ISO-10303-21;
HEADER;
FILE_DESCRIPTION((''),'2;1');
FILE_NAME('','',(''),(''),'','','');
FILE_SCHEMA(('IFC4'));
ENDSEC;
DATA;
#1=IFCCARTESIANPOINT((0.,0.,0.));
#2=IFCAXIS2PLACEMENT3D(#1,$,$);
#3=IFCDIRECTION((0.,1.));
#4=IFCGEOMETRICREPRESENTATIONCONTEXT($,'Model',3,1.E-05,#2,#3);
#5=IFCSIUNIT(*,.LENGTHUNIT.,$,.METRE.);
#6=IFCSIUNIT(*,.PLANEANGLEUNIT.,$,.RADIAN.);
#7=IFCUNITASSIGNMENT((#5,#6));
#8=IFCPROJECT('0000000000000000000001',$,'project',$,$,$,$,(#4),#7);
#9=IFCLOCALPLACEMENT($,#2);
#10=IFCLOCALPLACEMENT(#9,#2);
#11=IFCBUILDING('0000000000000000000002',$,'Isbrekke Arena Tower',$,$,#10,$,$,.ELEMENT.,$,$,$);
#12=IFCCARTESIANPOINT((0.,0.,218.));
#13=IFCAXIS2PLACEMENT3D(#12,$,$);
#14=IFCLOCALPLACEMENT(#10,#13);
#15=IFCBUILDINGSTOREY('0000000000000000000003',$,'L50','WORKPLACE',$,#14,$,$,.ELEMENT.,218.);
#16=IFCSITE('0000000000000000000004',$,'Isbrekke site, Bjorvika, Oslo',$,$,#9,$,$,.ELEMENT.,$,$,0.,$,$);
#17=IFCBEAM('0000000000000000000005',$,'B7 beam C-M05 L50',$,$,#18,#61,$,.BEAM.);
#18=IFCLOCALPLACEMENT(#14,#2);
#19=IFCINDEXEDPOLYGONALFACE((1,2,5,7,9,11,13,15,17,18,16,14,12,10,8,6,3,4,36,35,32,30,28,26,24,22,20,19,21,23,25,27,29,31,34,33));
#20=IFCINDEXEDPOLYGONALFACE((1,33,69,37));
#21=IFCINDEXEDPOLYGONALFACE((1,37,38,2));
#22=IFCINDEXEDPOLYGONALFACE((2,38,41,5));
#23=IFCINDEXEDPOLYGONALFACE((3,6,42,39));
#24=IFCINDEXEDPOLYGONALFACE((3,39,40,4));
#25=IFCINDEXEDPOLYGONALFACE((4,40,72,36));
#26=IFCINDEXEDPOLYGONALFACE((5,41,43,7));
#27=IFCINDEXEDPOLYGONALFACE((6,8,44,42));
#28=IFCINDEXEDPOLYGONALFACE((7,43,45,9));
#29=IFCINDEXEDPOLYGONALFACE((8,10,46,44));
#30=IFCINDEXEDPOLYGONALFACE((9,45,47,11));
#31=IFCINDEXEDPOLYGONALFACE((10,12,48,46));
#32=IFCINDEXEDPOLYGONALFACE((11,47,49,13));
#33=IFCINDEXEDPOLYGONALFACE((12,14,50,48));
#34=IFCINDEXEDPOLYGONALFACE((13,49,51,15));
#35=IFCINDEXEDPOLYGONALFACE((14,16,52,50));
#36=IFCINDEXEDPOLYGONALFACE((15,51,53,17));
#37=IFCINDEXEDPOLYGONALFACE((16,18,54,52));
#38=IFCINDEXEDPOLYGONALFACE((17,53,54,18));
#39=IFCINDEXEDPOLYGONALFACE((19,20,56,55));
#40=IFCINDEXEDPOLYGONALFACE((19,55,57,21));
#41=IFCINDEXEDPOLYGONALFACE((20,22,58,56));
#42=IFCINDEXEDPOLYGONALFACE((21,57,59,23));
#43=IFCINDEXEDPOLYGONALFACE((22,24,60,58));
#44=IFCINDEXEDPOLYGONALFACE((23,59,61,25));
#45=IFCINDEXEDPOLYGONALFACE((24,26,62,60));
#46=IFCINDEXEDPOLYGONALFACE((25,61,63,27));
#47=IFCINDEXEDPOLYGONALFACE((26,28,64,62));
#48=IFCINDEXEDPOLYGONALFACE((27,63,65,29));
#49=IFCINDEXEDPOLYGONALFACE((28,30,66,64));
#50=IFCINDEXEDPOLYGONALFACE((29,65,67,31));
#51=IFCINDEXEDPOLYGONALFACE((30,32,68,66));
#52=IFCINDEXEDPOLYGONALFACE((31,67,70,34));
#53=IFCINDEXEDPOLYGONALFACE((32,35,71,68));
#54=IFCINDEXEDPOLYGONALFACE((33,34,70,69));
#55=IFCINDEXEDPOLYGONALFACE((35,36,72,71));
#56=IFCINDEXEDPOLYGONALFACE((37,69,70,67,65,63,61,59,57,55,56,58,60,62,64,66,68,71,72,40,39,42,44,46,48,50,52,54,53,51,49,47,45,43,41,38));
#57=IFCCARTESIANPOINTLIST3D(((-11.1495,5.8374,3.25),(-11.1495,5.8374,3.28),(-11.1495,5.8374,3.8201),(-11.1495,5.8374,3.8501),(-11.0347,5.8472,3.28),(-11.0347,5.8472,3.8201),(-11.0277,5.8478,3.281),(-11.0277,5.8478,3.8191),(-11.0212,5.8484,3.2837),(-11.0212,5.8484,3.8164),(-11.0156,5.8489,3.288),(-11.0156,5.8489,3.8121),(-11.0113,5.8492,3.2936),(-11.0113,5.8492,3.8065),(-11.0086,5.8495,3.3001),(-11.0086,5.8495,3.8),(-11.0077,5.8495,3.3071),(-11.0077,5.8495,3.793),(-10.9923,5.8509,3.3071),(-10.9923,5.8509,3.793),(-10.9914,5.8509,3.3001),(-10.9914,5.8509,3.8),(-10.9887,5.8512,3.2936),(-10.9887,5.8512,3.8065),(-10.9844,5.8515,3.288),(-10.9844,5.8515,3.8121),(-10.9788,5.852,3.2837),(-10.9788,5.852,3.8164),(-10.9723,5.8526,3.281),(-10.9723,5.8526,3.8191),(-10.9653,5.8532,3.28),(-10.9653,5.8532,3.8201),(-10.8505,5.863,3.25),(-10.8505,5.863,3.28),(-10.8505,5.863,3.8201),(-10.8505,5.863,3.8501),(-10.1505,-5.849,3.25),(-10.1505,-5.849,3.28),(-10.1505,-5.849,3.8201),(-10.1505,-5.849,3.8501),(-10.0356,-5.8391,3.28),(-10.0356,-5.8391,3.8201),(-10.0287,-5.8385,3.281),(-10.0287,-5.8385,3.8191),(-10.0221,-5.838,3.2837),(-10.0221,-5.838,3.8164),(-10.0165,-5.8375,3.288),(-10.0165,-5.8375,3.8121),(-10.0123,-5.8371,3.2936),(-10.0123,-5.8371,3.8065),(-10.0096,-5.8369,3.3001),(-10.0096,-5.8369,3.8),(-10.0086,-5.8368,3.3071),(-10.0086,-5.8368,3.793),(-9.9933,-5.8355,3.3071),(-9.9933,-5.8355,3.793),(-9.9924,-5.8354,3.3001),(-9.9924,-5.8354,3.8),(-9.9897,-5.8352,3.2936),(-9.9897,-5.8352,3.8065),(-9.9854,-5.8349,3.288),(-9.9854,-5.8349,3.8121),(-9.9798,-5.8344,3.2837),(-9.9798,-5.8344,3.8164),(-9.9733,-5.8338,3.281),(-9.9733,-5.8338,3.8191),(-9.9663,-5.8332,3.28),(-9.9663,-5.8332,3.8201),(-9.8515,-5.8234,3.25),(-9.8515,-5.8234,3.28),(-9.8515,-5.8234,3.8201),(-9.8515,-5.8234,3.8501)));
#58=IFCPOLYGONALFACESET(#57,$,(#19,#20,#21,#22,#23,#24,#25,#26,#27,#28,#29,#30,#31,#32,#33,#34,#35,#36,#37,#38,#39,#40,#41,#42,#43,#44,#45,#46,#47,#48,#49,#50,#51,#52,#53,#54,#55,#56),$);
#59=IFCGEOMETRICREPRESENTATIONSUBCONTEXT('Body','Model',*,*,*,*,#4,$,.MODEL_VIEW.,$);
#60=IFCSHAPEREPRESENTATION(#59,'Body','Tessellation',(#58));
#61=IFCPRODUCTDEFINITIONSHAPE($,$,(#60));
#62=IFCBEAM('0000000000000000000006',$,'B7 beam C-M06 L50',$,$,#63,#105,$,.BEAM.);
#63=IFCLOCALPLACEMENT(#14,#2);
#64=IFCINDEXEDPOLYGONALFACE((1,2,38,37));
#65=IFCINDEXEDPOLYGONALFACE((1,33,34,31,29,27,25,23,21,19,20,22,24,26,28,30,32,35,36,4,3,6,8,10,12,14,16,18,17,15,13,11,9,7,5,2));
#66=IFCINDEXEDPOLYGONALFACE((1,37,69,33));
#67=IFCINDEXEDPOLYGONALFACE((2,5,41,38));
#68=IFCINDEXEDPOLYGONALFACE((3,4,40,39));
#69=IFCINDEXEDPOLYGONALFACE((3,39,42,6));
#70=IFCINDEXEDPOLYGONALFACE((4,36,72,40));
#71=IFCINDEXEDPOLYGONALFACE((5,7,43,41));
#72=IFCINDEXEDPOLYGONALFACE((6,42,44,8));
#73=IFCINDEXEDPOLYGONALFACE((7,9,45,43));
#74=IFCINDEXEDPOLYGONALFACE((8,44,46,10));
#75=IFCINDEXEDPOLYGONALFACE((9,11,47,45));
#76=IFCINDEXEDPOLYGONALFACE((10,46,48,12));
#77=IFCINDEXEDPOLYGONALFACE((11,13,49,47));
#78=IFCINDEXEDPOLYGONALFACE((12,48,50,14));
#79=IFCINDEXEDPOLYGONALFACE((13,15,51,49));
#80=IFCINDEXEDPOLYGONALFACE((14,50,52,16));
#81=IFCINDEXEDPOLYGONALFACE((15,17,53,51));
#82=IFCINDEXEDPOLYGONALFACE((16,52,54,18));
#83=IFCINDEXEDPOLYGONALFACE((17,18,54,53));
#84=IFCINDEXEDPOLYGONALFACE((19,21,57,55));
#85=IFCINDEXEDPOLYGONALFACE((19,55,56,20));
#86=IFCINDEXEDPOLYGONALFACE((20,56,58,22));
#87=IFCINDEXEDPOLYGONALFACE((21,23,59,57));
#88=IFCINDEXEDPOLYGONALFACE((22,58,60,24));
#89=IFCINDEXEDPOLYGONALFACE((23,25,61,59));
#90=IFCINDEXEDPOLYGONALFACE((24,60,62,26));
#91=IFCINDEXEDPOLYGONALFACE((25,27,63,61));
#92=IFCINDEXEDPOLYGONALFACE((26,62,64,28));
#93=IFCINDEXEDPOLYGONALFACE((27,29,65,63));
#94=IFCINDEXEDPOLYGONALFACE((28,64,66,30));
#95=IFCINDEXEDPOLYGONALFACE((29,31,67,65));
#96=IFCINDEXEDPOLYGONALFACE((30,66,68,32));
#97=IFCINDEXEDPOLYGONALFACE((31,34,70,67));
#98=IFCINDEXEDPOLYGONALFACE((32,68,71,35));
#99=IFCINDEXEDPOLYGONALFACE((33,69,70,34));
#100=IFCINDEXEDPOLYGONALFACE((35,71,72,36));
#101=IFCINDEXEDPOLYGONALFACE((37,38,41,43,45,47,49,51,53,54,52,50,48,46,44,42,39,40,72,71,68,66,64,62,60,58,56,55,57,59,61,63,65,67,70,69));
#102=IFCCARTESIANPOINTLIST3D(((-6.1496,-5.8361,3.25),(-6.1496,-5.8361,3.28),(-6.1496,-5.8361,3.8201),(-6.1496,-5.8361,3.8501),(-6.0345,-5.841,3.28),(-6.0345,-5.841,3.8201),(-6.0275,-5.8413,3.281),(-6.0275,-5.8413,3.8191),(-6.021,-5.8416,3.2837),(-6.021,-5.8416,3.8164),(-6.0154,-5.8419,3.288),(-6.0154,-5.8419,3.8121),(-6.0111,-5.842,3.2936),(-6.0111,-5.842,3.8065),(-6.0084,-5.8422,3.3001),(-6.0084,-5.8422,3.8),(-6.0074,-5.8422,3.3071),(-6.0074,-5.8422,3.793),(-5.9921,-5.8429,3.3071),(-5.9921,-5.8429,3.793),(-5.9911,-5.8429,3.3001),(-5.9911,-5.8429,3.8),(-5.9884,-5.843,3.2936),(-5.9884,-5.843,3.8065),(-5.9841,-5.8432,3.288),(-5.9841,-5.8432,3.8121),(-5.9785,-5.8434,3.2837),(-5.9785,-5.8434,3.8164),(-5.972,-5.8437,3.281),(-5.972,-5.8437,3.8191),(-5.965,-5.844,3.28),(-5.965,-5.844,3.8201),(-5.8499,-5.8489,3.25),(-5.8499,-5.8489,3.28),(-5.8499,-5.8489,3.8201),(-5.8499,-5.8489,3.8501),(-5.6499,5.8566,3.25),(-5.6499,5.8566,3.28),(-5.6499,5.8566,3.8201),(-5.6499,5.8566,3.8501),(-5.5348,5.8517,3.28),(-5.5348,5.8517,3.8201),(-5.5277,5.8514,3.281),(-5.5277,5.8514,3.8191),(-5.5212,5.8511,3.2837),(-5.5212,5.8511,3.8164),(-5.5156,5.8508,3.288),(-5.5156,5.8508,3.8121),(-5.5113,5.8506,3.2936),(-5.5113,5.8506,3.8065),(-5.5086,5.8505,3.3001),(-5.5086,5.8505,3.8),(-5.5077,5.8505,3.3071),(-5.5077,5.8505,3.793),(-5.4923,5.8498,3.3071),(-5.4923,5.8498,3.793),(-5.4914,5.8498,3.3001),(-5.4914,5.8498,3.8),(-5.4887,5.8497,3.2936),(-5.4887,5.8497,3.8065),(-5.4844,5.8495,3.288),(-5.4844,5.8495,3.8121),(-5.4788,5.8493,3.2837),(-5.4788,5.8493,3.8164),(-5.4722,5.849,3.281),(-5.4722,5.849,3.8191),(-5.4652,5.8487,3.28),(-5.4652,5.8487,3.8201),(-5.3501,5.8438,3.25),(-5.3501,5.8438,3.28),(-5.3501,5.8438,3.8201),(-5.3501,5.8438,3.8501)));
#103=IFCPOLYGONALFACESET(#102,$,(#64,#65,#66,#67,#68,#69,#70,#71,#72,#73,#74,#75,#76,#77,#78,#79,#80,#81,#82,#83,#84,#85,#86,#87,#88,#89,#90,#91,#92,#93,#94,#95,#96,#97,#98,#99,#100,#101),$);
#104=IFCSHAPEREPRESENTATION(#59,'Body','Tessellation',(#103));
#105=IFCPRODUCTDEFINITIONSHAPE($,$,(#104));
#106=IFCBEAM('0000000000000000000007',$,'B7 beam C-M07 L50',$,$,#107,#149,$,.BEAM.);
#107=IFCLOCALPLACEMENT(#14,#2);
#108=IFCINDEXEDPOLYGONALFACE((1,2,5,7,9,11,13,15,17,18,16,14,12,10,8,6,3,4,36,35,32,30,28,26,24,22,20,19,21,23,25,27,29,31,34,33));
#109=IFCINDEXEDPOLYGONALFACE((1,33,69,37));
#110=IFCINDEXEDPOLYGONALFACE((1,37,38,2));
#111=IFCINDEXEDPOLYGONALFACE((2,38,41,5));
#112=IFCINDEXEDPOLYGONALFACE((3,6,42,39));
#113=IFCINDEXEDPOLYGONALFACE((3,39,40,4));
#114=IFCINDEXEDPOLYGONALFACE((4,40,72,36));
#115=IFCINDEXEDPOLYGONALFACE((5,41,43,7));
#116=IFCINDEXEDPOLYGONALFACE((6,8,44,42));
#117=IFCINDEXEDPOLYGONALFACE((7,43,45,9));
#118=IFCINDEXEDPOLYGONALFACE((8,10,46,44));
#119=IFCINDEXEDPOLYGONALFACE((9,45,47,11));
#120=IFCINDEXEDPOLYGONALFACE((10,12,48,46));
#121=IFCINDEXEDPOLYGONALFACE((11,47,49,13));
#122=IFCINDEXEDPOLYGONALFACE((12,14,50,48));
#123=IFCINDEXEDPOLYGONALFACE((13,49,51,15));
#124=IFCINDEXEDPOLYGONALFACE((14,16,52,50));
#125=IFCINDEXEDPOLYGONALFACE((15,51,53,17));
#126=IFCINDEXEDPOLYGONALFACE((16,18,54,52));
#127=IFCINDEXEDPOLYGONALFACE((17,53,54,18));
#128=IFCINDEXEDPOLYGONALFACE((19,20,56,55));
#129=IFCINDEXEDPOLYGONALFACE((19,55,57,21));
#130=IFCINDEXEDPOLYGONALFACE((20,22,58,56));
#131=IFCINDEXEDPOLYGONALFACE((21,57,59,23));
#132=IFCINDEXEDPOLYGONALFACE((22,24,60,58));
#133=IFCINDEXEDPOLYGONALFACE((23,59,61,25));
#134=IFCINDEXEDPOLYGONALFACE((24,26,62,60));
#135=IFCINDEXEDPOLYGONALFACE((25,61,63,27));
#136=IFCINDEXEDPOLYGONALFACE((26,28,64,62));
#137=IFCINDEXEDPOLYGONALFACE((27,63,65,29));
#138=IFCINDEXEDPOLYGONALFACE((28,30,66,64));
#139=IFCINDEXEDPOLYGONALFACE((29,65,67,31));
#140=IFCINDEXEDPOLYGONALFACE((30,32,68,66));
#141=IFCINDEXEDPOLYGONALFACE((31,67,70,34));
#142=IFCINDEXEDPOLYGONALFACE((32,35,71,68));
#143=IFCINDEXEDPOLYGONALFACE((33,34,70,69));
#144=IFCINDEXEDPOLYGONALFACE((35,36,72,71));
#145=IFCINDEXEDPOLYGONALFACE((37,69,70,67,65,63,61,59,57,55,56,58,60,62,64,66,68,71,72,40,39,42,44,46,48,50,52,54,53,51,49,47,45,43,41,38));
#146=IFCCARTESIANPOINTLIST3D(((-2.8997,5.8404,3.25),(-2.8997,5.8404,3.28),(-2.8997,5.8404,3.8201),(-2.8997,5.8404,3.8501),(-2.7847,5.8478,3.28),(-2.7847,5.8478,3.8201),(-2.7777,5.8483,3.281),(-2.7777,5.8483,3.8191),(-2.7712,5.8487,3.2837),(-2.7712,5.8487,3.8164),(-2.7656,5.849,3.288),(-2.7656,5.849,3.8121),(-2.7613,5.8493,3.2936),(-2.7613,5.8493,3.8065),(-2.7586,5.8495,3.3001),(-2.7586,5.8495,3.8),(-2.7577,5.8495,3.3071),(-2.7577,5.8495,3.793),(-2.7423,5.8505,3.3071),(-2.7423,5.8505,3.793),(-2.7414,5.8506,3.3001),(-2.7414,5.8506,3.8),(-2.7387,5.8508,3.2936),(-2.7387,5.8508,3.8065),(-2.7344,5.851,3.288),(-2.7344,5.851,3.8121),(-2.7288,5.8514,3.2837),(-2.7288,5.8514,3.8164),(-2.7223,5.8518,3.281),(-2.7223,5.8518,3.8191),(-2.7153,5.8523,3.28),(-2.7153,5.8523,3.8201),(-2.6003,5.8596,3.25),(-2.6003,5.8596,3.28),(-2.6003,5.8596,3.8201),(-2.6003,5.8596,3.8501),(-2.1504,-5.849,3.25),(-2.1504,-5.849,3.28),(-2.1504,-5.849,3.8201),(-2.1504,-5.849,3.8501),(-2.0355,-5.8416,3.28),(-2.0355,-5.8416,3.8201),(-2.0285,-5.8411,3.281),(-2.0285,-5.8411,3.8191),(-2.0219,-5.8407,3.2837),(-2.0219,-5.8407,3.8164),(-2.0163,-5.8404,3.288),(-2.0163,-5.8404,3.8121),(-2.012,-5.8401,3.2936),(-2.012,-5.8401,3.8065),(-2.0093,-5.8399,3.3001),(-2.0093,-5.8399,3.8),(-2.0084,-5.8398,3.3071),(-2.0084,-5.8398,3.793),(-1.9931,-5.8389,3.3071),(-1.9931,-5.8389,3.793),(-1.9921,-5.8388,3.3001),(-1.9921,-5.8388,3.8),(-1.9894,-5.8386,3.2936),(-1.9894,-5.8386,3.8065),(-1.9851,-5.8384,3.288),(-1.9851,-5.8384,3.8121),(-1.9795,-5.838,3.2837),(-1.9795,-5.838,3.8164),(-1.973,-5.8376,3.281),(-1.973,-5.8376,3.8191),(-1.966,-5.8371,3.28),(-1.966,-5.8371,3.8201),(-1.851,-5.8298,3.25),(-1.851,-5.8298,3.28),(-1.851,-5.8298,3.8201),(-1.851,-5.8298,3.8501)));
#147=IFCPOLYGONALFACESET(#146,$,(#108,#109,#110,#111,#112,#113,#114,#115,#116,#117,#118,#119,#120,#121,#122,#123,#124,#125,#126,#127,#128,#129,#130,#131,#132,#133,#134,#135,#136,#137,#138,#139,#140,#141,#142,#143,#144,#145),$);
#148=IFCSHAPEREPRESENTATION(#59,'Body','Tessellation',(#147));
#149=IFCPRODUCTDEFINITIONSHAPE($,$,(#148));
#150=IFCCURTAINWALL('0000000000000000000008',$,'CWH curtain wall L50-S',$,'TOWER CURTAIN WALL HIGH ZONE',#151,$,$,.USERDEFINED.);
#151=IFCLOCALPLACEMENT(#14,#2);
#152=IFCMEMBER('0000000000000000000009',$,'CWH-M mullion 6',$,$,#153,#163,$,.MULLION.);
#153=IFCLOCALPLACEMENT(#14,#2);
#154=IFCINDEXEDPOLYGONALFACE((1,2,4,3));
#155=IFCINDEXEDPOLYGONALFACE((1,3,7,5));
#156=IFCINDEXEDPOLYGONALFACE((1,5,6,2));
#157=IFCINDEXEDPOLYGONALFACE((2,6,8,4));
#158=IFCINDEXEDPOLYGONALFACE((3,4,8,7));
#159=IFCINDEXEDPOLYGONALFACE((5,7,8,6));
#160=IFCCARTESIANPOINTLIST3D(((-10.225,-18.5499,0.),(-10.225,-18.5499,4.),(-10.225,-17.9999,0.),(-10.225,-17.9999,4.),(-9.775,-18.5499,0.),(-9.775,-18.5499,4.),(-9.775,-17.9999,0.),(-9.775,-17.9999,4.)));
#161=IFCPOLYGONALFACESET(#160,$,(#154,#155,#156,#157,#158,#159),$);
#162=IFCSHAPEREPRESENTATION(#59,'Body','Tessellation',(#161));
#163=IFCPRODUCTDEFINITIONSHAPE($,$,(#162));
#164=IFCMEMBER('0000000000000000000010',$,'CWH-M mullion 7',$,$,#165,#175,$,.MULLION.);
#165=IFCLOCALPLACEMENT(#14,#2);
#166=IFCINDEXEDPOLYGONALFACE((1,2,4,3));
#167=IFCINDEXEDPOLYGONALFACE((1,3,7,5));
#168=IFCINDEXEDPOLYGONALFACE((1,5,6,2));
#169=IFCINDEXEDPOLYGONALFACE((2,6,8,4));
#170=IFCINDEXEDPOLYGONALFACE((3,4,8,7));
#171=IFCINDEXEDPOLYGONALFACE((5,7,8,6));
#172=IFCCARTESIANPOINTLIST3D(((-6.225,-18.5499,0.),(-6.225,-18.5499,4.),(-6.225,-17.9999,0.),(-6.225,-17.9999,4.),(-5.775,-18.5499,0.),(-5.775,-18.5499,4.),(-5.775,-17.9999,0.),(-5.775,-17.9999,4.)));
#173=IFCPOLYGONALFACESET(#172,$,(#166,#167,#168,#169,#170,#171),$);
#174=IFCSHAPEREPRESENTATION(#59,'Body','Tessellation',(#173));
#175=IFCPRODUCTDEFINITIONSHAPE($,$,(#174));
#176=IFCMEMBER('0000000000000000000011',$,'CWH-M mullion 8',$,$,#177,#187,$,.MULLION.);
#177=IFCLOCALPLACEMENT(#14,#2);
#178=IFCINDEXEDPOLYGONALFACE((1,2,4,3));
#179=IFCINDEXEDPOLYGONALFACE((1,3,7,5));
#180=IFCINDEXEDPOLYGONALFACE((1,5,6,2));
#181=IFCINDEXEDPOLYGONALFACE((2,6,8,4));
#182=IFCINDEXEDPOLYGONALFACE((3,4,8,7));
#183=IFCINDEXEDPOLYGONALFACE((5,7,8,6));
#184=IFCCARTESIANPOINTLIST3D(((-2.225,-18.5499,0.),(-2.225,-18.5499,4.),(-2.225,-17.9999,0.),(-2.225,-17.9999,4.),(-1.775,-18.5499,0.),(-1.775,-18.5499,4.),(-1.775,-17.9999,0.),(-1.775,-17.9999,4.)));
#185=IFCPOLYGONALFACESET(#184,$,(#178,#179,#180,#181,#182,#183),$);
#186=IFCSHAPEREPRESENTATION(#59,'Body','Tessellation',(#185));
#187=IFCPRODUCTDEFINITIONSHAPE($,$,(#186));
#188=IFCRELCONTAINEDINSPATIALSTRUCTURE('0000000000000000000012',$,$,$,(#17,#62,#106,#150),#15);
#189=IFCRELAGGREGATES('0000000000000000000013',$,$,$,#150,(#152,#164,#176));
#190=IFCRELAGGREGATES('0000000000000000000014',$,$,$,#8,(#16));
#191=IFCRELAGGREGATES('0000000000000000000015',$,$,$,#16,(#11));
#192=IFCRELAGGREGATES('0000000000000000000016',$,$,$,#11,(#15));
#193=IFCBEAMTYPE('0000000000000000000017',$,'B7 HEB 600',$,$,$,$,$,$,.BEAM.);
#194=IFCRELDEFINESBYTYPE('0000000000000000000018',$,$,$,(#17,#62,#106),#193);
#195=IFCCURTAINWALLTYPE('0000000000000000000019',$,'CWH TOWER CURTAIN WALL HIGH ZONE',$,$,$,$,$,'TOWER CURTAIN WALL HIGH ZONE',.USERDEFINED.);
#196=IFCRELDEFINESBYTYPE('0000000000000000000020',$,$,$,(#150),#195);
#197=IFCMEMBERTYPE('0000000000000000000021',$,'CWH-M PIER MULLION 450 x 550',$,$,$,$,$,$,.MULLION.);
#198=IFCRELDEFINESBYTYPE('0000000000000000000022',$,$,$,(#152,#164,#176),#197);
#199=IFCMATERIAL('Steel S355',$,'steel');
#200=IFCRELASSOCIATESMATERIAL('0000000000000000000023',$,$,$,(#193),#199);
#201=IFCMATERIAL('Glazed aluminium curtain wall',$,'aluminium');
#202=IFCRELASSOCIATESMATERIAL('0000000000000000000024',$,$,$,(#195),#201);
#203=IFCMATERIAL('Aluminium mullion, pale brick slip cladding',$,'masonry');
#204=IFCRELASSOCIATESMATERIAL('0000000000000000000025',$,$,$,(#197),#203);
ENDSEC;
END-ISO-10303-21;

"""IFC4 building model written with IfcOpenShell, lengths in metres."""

from ifc_helpers import new_model, si_unit, direction, frame, origin, origin_2d, place, context, subcontext, project, spatial, rectangle, i_section, extrude, material, material_profile, profile_set, type_object, element, aggregate, save


model = new_model("IFC4")

# Units and contexts
model_context = context("Model", 3, precision=1e-05, world=origin(), true_north=direction((0.0, 1.0)))
body_context = subcontext(model_context, "Body", "Model", "MODEL_VIEW")
ifc_project = project(units=[si_unit("LENGTHUNIT", "METRE"), si_unit("PLANEANGLEUNIT", "RADIAN")], contexts=[model_context])

# Site, building, storey
site_placement = place(None, origin())
site = spatial("IfcSite", under=ifc_project, at=site_placement, Name="Isbrekke site, Bjorvika, Oslo", CompositionType="ELEMENT", RefElevation=0.0)
building_placement = place(site_placement, origin())
building = spatial("IfcBuilding", under=site, at=building_placement, Name="Isbrekke Arena Tower", CompositionType="ELEMENT")
storey_placement = place(building_placement, frame((0.0, 0.0, 218.0)))
storey = spatial("IfcBuildingStorey", under=building, at=storey_placement, Name="L50", Description="WORKPLACE", CompositionType="ELEMENT", Elevation=218.0)

# Beams
ifc_material_1 = material(Name="Steel S355", Category="steel")
ifc_material_profile_1 = material_profile(ifc_material_1, i_section(OverallWidth=0.3, OverallDepth=0.6001, WebThickness=0.0154, FlangeThickness=0.03, FilletRadius=0.0271, at=origin_2d()), Name="HEB 600")
ifc_profile_set_1 = profile_set([ifc_material_profile_1], Name="Steel S355")
beam_type_1 = type_object("IfcBeamType", Name="B7 HEB 600", PredefinedType="BEAM", material=ifc_profile_set_1)
beam_1_placement = place(storey_placement, frame((-10.001, -5.8362, 3.55), z_axis=(-0.085176, 0.996366, 0.0), x_axis=(-0.996366, -0.085176, 0.0)))
element("IfcBeam", 1, at=beam_1_placement, inside=storey, type_object=beam_type_1, Name="B7 beam C-M05 L50", PredefinedType="BEAM", context=body_context, shape_type="SweptSolid", body=[
    extrude(i_section(OverallWidth=0.3, OverallDepth=0.6001, WebThickness=0.0154, FlangeThickness=0.03, FilletRadius=0.0271, at=origin_2d()), origin(), (0.0, 0.0, 1.0), 11.729),
])
beam_2_placement = place(storey_placement, frame((-5.9998, -5.8425, 3.55), z_axis=(0.042702, 0.999088, 0.0), x_axis=(-0.999088, 0.042702, 0.0)))
element("IfcBeam", 2, at=beam_2_placement, inside=storey, type_object=beam_type_1, Name="B7 beam C-M06 L50", PredefinedType="BEAM", context=body_context, shape_type="SweptSolid", body=[
    extrude(i_section(OverallWidth=0.3, OverallDepth=0.6001, WebThickness=0.0154, FlangeThickness=0.03, FilletRadius=0.0271, at=origin_2d()), origin(), (0.0, 0.0, 1.0), 11.7034),
])
beam_3_placement = place(storey_placement, frame((-2.0007, -5.8394, 3.55), z_axis=(-0.063966, 0.997952, 0.0), x_axis=(-0.997952, -0.063966, 0.0)))
element("IfcBeam", 3, at=beam_3_placement, inside=storey, type_object=beam_type_1, Name="B7 beam C-M07 L50", PredefinedType="BEAM", context=body_context, shape_type="SweptSolid", body=[
    extrude(i_section(OverallWidth=0.3, OverallDepth=0.6001, WebThickness=0.0154, FlangeThickness=0.03, FilletRadius=0.0271, at=origin_2d()), origin(), (0.0, 0.0, 1.0), 11.7134),
])

# Curtain wall, members
ifc_material_2 = material(Name="Glazed aluminium curtain wall", Category="aluminium")
curtain_wall_type = type_object("IfcCurtainWallType", Name="CWH TOWER CURTAIN WALL HIGH ZONE", ElementType="TOWER CURTAIN WALL HIGH ZONE", PredefinedType="USERDEFINED", material=ifc_material_2)
curtain_wall_placement = place(storey_placement, origin())
curtain_wall = element("IfcCurtainWall", 4, at=curtain_wall_placement, inside=storey, type_object=curtain_wall_type, Name="CWH curtain wall L50-S", ObjectType="TOWER CURTAIN WALL HIGH ZONE", PredefinedType="USERDEFINED")
ifc_material_3 = material(Name="Aluminium mullion, pale brick slip cladding", Category="masonry")
ifc_material_profile_2 = material_profile(ifc_material_3, rectangle(XDim=0.45, YDim=0.55, at=origin_2d()), Name="PIER 450X550")
ifc_profile_set_2 = profile_set([ifc_material_profile_2], Name="Aluminium mullion, pale brick slip cladding")
member_type_1 = type_object("IfcMemberType", Name="CWH-M PIER MULLION 450 x 550", PredefinedType="MULLION", material=ifc_profile_set_2)
member_1_placement = place(storey_placement, frame((-10.0, -18.2749, 0.0), z_axis=(0.0, 0.0, 1.0), x_axis=(1.0, 0.0, 0.0)))
member_1 = element("IfcMember", 5, at=member_1_placement, type_object=member_type_1, Name="CWH-M mullion 6", PredefinedType="MULLION", context=body_context, shape_type="SweptSolid", body=[
    extrude(rectangle(XDim=0.45, YDim=0.55, at=origin_2d()), origin(), (0.0, 0.0, 1.0), 4.0),
])
member_2_placement = place(storey_placement, frame((-6.0, -18.2749, 0.0), z_axis=(0.0, 0.0, 1.0), x_axis=(1.0, 0.0, 0.0)))
member_2 = element("IfcMember", 6, at=member_2_placement, type_object=member_type_1, Name="CWH-M mullion 7", PredefinedType="MULLION", context=body_context, shape_type="SweptSolid", body=[
    extrude(rectangle(XDim=0.45, YDim=0.55, at=origin_2d()), origin(), (0.0, 0.0, 1.0), 4.0),
])
member_3_placement = place(storey_placement, frame((-2.0, -18.2749, 0.0), z_axis=(0.0, 0.0, 1.0), x_axis=(1.0, 0.0, 0.0)))
member_3 = element("IfcMember", 7, at=member_3_placement, type_object=member_type_1, Name="CWH-M mullion 8", PredefinedType="MULLION", context=body_context, shape_type="SweptSolid", body=[
    extrude(rectangle(XDim=0.45, YDim=0.55, at=origin_2d()), origin(), (0.0, 0.0, 1.0), 4.0),
])

aggregate(curtain_wall, [member_1, member_2, member_3])

save(model, "model.ifc")
